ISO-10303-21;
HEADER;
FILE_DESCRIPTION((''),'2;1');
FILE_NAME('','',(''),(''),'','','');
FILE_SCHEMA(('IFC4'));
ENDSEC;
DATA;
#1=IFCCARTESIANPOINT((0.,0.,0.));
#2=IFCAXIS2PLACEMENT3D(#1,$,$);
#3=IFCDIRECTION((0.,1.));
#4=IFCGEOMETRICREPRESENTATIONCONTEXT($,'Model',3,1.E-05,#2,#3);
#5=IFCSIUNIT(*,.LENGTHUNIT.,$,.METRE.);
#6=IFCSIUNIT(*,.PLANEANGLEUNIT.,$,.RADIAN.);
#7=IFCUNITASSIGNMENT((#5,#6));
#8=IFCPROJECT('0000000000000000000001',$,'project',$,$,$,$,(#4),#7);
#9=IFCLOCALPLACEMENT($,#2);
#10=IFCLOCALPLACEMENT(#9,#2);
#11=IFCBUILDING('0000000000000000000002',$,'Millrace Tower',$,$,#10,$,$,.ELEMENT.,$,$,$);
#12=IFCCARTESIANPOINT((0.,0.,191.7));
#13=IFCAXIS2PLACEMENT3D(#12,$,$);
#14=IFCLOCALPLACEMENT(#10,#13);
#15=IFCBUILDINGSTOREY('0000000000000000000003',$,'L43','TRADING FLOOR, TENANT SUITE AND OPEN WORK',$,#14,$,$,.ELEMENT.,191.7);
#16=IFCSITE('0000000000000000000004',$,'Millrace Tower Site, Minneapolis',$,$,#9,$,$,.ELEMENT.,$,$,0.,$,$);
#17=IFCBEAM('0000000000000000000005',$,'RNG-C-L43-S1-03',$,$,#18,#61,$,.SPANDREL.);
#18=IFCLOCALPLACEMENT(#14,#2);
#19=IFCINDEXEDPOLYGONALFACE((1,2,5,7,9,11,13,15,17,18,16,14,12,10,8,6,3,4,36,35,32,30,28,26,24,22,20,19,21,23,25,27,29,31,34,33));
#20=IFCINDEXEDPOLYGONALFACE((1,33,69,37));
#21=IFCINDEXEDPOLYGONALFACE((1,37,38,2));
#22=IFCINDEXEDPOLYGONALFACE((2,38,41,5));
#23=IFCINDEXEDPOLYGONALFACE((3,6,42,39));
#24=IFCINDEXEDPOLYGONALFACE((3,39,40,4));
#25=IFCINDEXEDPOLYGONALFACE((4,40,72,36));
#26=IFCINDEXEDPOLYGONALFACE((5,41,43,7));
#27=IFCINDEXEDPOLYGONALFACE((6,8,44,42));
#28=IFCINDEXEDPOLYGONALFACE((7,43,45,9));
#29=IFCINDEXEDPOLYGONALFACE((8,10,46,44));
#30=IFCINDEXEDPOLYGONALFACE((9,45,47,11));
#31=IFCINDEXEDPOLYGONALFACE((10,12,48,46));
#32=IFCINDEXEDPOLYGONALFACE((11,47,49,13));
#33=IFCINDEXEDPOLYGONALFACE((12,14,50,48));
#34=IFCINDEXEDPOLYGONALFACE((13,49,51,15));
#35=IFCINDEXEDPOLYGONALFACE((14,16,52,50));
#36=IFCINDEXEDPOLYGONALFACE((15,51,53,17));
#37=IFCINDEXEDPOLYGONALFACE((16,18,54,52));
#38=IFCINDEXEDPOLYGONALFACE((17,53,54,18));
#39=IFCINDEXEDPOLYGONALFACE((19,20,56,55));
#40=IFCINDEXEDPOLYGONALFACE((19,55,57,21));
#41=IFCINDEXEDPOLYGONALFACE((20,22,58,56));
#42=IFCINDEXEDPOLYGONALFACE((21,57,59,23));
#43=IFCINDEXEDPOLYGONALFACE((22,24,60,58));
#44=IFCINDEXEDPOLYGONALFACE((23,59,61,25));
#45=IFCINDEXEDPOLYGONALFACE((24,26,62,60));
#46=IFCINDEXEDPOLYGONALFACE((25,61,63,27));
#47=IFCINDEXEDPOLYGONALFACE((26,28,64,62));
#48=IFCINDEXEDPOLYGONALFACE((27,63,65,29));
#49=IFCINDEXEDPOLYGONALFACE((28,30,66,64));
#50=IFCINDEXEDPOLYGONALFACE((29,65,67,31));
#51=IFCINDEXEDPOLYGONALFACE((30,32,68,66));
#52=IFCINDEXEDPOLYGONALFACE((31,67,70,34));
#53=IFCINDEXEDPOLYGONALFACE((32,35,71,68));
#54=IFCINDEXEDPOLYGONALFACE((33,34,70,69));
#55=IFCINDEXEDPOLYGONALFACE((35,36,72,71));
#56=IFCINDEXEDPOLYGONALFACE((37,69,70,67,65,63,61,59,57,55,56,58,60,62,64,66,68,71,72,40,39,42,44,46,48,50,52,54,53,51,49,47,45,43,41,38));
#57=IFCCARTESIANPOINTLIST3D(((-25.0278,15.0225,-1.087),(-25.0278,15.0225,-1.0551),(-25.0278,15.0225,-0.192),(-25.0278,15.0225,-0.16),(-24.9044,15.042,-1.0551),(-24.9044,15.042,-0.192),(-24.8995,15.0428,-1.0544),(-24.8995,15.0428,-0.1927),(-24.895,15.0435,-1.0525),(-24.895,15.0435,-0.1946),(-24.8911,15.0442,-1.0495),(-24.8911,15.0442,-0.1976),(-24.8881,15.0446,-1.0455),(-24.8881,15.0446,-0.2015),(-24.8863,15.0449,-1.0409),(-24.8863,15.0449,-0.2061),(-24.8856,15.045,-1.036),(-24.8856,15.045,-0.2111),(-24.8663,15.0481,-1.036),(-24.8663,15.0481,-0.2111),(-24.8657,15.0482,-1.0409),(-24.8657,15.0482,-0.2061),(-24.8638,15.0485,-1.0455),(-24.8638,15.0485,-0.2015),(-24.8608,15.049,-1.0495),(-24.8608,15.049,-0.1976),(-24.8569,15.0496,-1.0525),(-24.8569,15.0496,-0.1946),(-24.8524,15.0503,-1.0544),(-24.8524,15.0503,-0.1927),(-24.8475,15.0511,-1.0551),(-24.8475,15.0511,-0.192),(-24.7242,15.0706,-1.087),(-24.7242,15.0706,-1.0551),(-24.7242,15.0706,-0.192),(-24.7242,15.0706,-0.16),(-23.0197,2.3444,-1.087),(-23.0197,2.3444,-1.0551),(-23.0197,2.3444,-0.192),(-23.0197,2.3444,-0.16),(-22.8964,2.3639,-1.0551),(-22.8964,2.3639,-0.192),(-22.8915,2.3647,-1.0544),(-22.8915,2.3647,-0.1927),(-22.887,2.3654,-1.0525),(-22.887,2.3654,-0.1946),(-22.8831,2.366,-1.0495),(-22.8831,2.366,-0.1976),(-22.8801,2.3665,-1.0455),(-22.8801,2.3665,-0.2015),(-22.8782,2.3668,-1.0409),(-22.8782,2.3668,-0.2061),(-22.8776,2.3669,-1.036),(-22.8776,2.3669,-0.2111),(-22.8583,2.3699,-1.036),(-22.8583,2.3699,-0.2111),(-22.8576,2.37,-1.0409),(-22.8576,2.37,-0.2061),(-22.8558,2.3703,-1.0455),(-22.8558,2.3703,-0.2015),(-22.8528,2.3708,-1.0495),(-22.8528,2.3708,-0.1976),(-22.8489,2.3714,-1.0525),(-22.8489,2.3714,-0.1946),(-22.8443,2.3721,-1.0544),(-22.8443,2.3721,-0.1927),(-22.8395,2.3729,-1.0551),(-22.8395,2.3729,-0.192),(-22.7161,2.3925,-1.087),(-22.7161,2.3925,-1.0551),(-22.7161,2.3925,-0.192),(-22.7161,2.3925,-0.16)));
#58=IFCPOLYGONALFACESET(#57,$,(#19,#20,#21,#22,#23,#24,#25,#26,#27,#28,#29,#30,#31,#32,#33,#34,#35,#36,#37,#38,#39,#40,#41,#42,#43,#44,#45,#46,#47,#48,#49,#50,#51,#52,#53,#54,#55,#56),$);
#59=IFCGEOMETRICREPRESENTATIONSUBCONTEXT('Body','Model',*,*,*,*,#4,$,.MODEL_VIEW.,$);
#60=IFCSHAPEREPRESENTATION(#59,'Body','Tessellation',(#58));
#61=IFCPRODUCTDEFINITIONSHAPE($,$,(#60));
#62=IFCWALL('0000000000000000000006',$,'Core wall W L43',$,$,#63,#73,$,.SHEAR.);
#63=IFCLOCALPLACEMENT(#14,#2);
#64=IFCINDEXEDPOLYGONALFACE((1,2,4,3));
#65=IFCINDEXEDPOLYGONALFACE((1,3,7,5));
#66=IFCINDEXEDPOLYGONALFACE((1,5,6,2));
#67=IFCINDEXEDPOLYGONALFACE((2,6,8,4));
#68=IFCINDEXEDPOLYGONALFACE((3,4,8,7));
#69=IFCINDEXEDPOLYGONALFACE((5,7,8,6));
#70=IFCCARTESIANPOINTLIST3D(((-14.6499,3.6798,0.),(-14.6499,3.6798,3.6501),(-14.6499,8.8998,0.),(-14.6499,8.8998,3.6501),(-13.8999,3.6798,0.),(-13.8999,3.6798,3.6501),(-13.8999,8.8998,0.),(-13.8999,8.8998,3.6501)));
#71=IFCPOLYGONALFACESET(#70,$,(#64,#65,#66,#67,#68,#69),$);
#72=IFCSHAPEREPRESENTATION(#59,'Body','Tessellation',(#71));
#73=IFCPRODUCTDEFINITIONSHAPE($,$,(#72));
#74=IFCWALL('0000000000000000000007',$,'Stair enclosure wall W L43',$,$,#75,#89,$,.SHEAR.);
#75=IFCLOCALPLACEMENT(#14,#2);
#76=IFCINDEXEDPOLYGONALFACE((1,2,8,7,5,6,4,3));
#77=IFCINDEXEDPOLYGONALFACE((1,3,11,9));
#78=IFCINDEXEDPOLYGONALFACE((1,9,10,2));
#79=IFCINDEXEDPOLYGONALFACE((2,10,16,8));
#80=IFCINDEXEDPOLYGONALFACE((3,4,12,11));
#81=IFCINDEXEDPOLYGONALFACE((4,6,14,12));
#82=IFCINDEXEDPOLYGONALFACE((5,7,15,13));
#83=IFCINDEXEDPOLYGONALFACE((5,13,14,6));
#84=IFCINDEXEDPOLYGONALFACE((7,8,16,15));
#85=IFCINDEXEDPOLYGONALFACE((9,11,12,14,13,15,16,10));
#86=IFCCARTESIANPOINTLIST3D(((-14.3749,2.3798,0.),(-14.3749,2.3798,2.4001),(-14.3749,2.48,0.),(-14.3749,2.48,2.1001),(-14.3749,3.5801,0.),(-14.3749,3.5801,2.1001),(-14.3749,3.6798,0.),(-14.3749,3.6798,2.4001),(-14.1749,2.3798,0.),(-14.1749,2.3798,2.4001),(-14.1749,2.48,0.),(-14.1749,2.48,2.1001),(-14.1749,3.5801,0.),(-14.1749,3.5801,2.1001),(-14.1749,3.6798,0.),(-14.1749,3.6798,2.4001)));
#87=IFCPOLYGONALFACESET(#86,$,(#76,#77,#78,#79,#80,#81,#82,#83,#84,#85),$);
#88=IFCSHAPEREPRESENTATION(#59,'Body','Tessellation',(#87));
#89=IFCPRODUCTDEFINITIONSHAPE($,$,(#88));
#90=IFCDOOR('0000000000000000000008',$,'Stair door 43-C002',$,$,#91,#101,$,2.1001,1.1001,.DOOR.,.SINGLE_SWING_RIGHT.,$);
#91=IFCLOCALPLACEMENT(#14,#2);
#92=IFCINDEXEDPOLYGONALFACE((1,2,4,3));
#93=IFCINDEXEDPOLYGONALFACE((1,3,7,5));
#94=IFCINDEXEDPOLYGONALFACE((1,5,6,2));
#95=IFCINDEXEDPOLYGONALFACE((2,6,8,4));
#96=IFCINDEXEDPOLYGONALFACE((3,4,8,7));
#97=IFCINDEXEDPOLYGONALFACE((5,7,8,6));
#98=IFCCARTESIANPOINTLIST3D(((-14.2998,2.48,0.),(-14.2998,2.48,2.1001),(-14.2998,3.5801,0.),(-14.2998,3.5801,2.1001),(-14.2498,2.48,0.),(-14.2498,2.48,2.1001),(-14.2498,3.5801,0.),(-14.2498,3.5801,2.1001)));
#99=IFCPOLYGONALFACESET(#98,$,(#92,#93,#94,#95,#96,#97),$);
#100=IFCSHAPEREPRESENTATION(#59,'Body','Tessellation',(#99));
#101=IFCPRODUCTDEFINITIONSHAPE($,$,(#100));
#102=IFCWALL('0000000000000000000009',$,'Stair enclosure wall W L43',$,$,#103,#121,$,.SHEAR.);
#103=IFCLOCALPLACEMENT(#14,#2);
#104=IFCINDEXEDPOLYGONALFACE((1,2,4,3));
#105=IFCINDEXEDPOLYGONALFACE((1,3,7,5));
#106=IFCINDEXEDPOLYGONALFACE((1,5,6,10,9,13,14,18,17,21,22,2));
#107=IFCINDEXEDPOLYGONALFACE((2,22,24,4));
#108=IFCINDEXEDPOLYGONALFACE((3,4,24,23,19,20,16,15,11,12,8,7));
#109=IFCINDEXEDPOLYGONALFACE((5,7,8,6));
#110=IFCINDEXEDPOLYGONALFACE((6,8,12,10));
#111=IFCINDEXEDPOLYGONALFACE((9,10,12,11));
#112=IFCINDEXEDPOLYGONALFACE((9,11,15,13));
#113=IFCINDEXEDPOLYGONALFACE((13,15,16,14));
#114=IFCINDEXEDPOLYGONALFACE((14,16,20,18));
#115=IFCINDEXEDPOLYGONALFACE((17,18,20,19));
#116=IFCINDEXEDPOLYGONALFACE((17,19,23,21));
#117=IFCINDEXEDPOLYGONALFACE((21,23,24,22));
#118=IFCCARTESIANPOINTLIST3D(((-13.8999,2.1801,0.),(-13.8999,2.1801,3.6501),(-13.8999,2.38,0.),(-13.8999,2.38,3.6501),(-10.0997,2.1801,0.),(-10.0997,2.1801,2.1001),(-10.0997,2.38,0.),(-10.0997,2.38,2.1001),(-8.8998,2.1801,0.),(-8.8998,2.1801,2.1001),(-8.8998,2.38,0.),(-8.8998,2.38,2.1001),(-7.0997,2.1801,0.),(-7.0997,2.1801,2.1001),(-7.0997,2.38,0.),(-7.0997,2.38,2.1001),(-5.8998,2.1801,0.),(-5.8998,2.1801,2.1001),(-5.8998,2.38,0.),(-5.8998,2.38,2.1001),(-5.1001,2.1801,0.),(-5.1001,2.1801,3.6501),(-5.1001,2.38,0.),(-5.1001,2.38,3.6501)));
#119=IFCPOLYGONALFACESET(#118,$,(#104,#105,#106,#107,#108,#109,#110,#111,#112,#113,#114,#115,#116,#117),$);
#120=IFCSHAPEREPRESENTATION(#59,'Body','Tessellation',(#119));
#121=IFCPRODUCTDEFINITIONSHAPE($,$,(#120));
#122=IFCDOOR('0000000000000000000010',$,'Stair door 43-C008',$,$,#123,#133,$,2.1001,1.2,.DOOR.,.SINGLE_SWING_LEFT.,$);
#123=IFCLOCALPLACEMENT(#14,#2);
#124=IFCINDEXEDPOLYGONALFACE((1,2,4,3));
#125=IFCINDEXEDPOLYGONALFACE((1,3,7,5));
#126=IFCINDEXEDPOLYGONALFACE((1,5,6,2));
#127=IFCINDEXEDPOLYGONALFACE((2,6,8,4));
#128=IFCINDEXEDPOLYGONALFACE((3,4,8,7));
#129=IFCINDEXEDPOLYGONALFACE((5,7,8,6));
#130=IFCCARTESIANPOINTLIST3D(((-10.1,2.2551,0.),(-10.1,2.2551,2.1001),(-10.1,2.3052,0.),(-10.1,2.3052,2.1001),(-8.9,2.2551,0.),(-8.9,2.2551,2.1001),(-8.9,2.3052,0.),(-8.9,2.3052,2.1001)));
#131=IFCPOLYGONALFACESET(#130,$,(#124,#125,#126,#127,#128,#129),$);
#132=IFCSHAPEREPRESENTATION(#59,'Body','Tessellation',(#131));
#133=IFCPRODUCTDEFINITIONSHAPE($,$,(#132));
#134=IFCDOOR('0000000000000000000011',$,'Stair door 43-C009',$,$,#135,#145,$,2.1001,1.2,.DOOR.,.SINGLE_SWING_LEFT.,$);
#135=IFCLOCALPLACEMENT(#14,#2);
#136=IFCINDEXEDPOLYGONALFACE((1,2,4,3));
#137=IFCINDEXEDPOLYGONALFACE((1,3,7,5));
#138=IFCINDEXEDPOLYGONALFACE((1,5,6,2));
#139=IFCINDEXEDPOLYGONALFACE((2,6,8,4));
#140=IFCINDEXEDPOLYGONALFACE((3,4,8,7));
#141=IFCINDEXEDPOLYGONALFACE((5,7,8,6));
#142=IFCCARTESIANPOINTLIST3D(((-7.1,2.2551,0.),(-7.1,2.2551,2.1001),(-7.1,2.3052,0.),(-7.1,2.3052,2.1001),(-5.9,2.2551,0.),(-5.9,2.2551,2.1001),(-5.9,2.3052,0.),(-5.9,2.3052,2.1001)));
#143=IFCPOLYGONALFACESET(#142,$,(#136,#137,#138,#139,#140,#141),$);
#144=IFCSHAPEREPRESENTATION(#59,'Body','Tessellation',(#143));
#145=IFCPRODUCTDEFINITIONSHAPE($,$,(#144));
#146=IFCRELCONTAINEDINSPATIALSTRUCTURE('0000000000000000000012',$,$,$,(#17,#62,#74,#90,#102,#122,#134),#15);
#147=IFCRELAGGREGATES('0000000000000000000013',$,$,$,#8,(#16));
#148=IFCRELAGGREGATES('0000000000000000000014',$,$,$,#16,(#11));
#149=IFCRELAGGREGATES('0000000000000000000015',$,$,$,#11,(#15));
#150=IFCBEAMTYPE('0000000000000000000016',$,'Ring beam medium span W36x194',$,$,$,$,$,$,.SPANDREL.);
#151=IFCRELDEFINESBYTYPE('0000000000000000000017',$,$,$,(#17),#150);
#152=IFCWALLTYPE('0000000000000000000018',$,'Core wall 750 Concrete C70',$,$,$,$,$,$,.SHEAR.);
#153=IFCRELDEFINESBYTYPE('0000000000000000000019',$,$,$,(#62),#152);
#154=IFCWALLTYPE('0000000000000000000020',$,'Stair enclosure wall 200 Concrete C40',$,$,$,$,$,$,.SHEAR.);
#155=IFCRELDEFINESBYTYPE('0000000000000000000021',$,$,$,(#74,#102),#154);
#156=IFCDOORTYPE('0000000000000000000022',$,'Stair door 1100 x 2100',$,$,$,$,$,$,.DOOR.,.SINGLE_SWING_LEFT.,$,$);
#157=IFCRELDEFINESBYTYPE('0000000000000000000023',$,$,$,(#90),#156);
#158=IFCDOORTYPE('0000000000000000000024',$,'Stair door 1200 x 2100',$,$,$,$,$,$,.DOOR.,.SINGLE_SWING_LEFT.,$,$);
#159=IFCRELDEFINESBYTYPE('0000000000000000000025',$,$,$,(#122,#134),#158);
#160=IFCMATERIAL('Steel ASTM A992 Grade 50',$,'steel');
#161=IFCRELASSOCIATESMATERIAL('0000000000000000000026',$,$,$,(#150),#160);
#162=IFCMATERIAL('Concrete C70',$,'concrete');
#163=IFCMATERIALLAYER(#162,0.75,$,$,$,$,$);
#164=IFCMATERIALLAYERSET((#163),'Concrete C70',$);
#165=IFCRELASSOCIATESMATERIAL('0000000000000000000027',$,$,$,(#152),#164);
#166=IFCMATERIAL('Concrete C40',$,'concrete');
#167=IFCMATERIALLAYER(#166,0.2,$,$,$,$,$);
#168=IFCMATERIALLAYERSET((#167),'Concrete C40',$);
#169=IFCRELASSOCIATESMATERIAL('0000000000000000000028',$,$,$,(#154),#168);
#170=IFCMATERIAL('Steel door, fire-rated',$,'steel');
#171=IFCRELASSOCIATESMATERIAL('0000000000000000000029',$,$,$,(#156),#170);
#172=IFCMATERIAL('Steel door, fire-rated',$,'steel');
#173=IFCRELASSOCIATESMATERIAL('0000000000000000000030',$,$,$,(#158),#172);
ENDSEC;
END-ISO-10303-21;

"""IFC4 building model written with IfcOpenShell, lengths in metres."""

from ifc_helpers import new_model, si_unit, direction, frame, frame_2d, origin, origin_2d, place, context, subcontext, project, spatial, rectangle, i_section, extrude, material, layer, layer_set, material_profile, profile_set, type_object, element, fill, save


model = new_model("IFC4")

# Units and contexts
model_context = context("Model", 3, precision=1e-05, world=origin(), true_north=direction((0.0, 1.0)))
body_context = subcontext(model_context, "Body", "Model", "MODEL_VIEW")
ifc_project = project(units=[si_unit("LENGTHUNIT", "METRE"), si_unit("PLANEANGLEUNIT", "RADIAN")], contexts=[model_context])

# Site, building, storey
site_placement = place(None, origin())
site = spatial("IfcSite", under=ifc_project, at=site_placement, Name="Millrace Tower Site, Minneapolis", CompositionType="ELEMENT", RefElevation=0.0)
building_placement = place(site_placement, origin())
building = spatial("IfcBuilding", under=site, at=building_placement, Name="Millrace Tower", CompositionType="ELEMENT")
storey_placement = place(building_placement, frame((0.0, 0.0, 191.7)))
storey = spatial("IfcBuildingStorey", under=building, at=storey_placement, Name="L43", Description="TRADING FLOOR, TENANT SUITE AND OPEN WORK", CompositionType="ELEMENT", Elevation=191.7)

# Beam
ifc_material_1 = material(Name="Steel ASTM A992 Grade 50", Category="steel")
ifc_material_profile_1 = material_profile(ifc_material_1, i_section(OverallWidth=0.3074, OverallDepth=0.927, WebThickness=0.0195, FlangeThickness=0.032, FilletRadius=0.019, at=origin_2d()))
ifc_profile_set_1 = profile_set([ifc_material_profile_1], Name="Steel ASTM A992 Grade 50")
beam_type_1 = type_object("IfcBeamType", Name="Ring beam medium span W36x194", PredefinedType="SPANDREL", material=ifc_profile_set_1)
beam_1_placement = place(storey_placement, frame((-22.8679, 2.3684, -0.6235), z_axis=(-0.156436, 0.987688, 0.0), x_axis=(-0.987688, -0.156436, 0.0)))
element("IfcBeam", 1, at=beam_1_placement, inside=storey, type_object=beam_type_1, Name="RNG-C-L43-S1-03", PredefinedType="SPANDREL", context=body_context, shape_type="SweptSolid", body=[
    extrude(i_section(OverallWidth=0.3074, OverallDepth=0.927, WebThickness=0.0195, FlangeThickness=0.032, FilletRadius=0.019, at=origin_2d()), origin(), (0.0, 0.0, 1.0), 12.8362),
])

# Wall
ifc_material_2 = material(Name="Concrete C70", Category="concrete")
ifc_layer_1 = layer(ifc_material_2, 0.75)
ifc_layer_set_1 = layer_set([ifc_layer_1], Name="Concrete C70")
wall_type_1 = type_object("IfcWallType", Name="Core wall 750 Concrete C70", PredefinedType="SHEAR", material=ifc_layer_set_1)
wall_1_placement = place(storey_placement, frame((-14.2749, 3.6799, 0.0), z_axis=(0.0, 0.0, 1.0), x_axis=(0.0, 1.0, 0.0)))
element("IfcWall", 2, at=wall_1_placement, inside=storey, type_object=wall_type_1, Name="Core wall W L43", PredefinedType="SHEAR", context=body_context, shape_type="SweptSolid", body=[
    extrude(rectangle(XDim=5.22, YDim=0.75, at=frame_2d((2.6099, 0.0))), origin(), (0.0, 0.0, 1.0), 3.6501),
])

# Wall, opening, door
ifc_material_3 = material(Name="Concrete C40", Category="concrete")
ifc_layer_2 = layer(ifc_material_3, 0.2)
ifc_layer_set_2 = layer_set([ifc_layer_2], Name="Concrete C40")
wall_type_2 = type_object("IfcWallType", Name="Stair enclosure wall 200 Concrete C40", PredefinedType="SHEAR", material=ifc_layer_set_2)
wall_2_placement = place(storey_placement, frame((-14.2749, 2.3799, 0.0), z_axis=(0.0, 0.0, 1.0), x_axis=(0.0, 1.0, 0.0)))
wall_2 = element("IfcWall", 3, at=wall_2_placement, inside=storey, type_object=wall_type_2, Name="Stair enclosure wall W L43", PredefinedType="SHEAR", context=body_context, shape_type="SweptSolid", body=[
    extrude(rectangle(XDim=1.3, YDim=0.2, at=frame_2d((0.6499, 0.0))), origin(), (0.0, 0.0, 1.0), 2.4001),
])
opening_1_placement = place(wall_2_placement, frame((0.1001, 0.0, 0.0)))
opening_1 = element("IfcOpeningElement", 4, at=opening_1_placement, cuts=wall_2, PredefinedType="OPENING", context=body_context, shape_type="SweptSolid", body=[
    extrude(rectangle(XDim=1.1001, YDim=2.1001, at=frame_2d((0.55, 1.05))), frame((0.0, 0.1099, 0.0), z_axis=(0.0, -1.0, 0.0), x_axis=(1.0, 0.0, 0.0)), (0.0, 0.0, 1.0), 0.22),
])
ifc_material_4 = material(Name="Steel door, fire-rated", Category="steel")
door_type_1 = type_object("IfcDoorType", Name="Stair door 1100 x 2100", OperationType="SINGLE_SWING_LEFT", PredefinedType="DOOR", material=ifc_material_4)
door_1_placement = place(opening_1_placement, origin())
door_1 = element("IfcDoor", 5, at=door_1_placement, inside=storey, type_object=door_type_1, Name="Stair door 43-C002", OperationType="SINGLE_SWING_RIGHT", OverallHeight=2.1001, OverallWidth=1.1001, PredefinedType="DOOR", context=body_context, shape_type="SweptSolid", body=[
    extrude(rectangle(XDim=1.1001, YDim=2.1001, at=frame_2d((0.55, 1.05))), frame((0.0, 0.0249, 0.0), z_axis=(0.0, -1.0, 0.0), x_axis=(1.0, 0.0, 0.0)), (0.0, 0.0, 1.0), 0.05),
])
fill(opening_1, door_1)

# Wall, openings, doors
wall_3_placement = place(storey_placement, frame((-13.8999, 2.28, 0.0), z_axis=(0.0, 0.0, 1.0), x_axis=(1.0, 0.0, 0.0)))
wall_3 = element("IfcWall", 6, at=wall_3_placement, inside=storey, type_object=wall_type_2, Name="Stair enclosure wall W L43", PredefinedType="SHEAR", context=body_context, shape_type="SweptSolid", body=[
    extrude(rectangle(XDim=8.7998, YDim=0.2, at=frame_2d((4.3999, 0.0))), origin(), (0.0, 0.0, 1.0), 3.6501),
])
opening_2_placement = place(wall_3_placement, frame((3.8, 0.0, 0.0)))
opening_2 = element("IfcOpeningElement", 7, at=opening_2_placement, cuts=wall_3, PredefinedType="OPENING", context=body_context, shape_type="SweptSolid", body=[
    extrude(rectangle(XDim=1.2, YDim=2.1001, at=frame_2d((0.6001, 1.05))), frame((0.0, 0.1099, 0.0), z_axis=(0.0, -1.0, 0.0), x_axis=(1.0, 0.0, 0.0)), (0.0, 0.0, 1.0), 0.22),
])
opening_3_placement = place(wall_3_placement, frame((6.8, 0.0, 0.0)))
opening_3 = element("IfcOpeningElement", 8, at=opening_3_placement, cuts=wall_3, PredefinedType="OPENING", context=body_context, shape_type="SweptSolid", body=[
    extrude(rectangle(XDim=1.2, YDim=2.1001, at=frame_2d((0.6001, 1.05))), frame((0.0, 0.1099, 0.0), z_axis=(0.0, -1.0, 0.0), x_axis=(1.0, 0.0, 0.0)), (0.0, 0.0, 1.0), 0.22),
])
ifc_material_5 = material(Name="Steel door, fire-rated", Category="steel")
door_type_2 = type_object("IfcDoorType", Name="Stair door 1200 x 2100", OperationType="SINGLE_SWING_LEFT", PredefinedType="DOOR", material=ifc_material_5)
door_2_placement = place(opening_2_placement, frame((1.2, 0.0, 0.0), z_axis=(0.0, 0.0, 1.0), x_axis=(-1.0, 0.0, 0.0)))
door_2 = element("IfcDoor", 9, at=door_2_placement, inside=storey, type_object=door_type_2, Name="Stair door 43-C008", OperationType="SINGLE_SWING_LEFT", OverallHeight=2.1001, OverallWidth=1.2, PredefinedType="DOOR", context=body_context, shape_type="SweptSolid", body=[
    extrude(rectangle(XDim=1.2, YDim=2.1001, at=frame_2d((0.6001, 1.05))), frame((0.0, 0.0249, 0.0), z_axis=(0.0, -1.0, 0.0), x_axis=(1.0, 0.0, 0.0)), (0.0, 0.0, 1.0), 0.05),
])
fill(opening_2, door_2)
door_3_placement = place(opening_3_placement, frame((1.2, 0.0, 0.0), z_axis=(0.0, 0.0, 1.0), x_axis=(-1.0, 0.0, 0.0)))
door_3 = element("IfcDoor", 10, at=door_3_placement, inside=storey, type_object=door_type_2, Name="Stair door 43-C009", OperationType="SINGLE_SWING_LEFT", OverallHeight=2.1001, OverallWidth=1.2, PredefinedType="DOOR", context=body_context, shape_type="SweptSolid", body=[
    extrude(rectangle(XDim=1.2, YDim=2.1001, at=frame_2d((0.6001, 1.05))), frame((0.0, 0.0249, 0.0), z_axis=(0.0, -1.0, 0.0), x_axis=(1.0, 0.0, 0.0)), (0.0, 0.0, 1.0), 0.05),
])
fill(opening_3, door_3)

save(model, "model.ifc")
